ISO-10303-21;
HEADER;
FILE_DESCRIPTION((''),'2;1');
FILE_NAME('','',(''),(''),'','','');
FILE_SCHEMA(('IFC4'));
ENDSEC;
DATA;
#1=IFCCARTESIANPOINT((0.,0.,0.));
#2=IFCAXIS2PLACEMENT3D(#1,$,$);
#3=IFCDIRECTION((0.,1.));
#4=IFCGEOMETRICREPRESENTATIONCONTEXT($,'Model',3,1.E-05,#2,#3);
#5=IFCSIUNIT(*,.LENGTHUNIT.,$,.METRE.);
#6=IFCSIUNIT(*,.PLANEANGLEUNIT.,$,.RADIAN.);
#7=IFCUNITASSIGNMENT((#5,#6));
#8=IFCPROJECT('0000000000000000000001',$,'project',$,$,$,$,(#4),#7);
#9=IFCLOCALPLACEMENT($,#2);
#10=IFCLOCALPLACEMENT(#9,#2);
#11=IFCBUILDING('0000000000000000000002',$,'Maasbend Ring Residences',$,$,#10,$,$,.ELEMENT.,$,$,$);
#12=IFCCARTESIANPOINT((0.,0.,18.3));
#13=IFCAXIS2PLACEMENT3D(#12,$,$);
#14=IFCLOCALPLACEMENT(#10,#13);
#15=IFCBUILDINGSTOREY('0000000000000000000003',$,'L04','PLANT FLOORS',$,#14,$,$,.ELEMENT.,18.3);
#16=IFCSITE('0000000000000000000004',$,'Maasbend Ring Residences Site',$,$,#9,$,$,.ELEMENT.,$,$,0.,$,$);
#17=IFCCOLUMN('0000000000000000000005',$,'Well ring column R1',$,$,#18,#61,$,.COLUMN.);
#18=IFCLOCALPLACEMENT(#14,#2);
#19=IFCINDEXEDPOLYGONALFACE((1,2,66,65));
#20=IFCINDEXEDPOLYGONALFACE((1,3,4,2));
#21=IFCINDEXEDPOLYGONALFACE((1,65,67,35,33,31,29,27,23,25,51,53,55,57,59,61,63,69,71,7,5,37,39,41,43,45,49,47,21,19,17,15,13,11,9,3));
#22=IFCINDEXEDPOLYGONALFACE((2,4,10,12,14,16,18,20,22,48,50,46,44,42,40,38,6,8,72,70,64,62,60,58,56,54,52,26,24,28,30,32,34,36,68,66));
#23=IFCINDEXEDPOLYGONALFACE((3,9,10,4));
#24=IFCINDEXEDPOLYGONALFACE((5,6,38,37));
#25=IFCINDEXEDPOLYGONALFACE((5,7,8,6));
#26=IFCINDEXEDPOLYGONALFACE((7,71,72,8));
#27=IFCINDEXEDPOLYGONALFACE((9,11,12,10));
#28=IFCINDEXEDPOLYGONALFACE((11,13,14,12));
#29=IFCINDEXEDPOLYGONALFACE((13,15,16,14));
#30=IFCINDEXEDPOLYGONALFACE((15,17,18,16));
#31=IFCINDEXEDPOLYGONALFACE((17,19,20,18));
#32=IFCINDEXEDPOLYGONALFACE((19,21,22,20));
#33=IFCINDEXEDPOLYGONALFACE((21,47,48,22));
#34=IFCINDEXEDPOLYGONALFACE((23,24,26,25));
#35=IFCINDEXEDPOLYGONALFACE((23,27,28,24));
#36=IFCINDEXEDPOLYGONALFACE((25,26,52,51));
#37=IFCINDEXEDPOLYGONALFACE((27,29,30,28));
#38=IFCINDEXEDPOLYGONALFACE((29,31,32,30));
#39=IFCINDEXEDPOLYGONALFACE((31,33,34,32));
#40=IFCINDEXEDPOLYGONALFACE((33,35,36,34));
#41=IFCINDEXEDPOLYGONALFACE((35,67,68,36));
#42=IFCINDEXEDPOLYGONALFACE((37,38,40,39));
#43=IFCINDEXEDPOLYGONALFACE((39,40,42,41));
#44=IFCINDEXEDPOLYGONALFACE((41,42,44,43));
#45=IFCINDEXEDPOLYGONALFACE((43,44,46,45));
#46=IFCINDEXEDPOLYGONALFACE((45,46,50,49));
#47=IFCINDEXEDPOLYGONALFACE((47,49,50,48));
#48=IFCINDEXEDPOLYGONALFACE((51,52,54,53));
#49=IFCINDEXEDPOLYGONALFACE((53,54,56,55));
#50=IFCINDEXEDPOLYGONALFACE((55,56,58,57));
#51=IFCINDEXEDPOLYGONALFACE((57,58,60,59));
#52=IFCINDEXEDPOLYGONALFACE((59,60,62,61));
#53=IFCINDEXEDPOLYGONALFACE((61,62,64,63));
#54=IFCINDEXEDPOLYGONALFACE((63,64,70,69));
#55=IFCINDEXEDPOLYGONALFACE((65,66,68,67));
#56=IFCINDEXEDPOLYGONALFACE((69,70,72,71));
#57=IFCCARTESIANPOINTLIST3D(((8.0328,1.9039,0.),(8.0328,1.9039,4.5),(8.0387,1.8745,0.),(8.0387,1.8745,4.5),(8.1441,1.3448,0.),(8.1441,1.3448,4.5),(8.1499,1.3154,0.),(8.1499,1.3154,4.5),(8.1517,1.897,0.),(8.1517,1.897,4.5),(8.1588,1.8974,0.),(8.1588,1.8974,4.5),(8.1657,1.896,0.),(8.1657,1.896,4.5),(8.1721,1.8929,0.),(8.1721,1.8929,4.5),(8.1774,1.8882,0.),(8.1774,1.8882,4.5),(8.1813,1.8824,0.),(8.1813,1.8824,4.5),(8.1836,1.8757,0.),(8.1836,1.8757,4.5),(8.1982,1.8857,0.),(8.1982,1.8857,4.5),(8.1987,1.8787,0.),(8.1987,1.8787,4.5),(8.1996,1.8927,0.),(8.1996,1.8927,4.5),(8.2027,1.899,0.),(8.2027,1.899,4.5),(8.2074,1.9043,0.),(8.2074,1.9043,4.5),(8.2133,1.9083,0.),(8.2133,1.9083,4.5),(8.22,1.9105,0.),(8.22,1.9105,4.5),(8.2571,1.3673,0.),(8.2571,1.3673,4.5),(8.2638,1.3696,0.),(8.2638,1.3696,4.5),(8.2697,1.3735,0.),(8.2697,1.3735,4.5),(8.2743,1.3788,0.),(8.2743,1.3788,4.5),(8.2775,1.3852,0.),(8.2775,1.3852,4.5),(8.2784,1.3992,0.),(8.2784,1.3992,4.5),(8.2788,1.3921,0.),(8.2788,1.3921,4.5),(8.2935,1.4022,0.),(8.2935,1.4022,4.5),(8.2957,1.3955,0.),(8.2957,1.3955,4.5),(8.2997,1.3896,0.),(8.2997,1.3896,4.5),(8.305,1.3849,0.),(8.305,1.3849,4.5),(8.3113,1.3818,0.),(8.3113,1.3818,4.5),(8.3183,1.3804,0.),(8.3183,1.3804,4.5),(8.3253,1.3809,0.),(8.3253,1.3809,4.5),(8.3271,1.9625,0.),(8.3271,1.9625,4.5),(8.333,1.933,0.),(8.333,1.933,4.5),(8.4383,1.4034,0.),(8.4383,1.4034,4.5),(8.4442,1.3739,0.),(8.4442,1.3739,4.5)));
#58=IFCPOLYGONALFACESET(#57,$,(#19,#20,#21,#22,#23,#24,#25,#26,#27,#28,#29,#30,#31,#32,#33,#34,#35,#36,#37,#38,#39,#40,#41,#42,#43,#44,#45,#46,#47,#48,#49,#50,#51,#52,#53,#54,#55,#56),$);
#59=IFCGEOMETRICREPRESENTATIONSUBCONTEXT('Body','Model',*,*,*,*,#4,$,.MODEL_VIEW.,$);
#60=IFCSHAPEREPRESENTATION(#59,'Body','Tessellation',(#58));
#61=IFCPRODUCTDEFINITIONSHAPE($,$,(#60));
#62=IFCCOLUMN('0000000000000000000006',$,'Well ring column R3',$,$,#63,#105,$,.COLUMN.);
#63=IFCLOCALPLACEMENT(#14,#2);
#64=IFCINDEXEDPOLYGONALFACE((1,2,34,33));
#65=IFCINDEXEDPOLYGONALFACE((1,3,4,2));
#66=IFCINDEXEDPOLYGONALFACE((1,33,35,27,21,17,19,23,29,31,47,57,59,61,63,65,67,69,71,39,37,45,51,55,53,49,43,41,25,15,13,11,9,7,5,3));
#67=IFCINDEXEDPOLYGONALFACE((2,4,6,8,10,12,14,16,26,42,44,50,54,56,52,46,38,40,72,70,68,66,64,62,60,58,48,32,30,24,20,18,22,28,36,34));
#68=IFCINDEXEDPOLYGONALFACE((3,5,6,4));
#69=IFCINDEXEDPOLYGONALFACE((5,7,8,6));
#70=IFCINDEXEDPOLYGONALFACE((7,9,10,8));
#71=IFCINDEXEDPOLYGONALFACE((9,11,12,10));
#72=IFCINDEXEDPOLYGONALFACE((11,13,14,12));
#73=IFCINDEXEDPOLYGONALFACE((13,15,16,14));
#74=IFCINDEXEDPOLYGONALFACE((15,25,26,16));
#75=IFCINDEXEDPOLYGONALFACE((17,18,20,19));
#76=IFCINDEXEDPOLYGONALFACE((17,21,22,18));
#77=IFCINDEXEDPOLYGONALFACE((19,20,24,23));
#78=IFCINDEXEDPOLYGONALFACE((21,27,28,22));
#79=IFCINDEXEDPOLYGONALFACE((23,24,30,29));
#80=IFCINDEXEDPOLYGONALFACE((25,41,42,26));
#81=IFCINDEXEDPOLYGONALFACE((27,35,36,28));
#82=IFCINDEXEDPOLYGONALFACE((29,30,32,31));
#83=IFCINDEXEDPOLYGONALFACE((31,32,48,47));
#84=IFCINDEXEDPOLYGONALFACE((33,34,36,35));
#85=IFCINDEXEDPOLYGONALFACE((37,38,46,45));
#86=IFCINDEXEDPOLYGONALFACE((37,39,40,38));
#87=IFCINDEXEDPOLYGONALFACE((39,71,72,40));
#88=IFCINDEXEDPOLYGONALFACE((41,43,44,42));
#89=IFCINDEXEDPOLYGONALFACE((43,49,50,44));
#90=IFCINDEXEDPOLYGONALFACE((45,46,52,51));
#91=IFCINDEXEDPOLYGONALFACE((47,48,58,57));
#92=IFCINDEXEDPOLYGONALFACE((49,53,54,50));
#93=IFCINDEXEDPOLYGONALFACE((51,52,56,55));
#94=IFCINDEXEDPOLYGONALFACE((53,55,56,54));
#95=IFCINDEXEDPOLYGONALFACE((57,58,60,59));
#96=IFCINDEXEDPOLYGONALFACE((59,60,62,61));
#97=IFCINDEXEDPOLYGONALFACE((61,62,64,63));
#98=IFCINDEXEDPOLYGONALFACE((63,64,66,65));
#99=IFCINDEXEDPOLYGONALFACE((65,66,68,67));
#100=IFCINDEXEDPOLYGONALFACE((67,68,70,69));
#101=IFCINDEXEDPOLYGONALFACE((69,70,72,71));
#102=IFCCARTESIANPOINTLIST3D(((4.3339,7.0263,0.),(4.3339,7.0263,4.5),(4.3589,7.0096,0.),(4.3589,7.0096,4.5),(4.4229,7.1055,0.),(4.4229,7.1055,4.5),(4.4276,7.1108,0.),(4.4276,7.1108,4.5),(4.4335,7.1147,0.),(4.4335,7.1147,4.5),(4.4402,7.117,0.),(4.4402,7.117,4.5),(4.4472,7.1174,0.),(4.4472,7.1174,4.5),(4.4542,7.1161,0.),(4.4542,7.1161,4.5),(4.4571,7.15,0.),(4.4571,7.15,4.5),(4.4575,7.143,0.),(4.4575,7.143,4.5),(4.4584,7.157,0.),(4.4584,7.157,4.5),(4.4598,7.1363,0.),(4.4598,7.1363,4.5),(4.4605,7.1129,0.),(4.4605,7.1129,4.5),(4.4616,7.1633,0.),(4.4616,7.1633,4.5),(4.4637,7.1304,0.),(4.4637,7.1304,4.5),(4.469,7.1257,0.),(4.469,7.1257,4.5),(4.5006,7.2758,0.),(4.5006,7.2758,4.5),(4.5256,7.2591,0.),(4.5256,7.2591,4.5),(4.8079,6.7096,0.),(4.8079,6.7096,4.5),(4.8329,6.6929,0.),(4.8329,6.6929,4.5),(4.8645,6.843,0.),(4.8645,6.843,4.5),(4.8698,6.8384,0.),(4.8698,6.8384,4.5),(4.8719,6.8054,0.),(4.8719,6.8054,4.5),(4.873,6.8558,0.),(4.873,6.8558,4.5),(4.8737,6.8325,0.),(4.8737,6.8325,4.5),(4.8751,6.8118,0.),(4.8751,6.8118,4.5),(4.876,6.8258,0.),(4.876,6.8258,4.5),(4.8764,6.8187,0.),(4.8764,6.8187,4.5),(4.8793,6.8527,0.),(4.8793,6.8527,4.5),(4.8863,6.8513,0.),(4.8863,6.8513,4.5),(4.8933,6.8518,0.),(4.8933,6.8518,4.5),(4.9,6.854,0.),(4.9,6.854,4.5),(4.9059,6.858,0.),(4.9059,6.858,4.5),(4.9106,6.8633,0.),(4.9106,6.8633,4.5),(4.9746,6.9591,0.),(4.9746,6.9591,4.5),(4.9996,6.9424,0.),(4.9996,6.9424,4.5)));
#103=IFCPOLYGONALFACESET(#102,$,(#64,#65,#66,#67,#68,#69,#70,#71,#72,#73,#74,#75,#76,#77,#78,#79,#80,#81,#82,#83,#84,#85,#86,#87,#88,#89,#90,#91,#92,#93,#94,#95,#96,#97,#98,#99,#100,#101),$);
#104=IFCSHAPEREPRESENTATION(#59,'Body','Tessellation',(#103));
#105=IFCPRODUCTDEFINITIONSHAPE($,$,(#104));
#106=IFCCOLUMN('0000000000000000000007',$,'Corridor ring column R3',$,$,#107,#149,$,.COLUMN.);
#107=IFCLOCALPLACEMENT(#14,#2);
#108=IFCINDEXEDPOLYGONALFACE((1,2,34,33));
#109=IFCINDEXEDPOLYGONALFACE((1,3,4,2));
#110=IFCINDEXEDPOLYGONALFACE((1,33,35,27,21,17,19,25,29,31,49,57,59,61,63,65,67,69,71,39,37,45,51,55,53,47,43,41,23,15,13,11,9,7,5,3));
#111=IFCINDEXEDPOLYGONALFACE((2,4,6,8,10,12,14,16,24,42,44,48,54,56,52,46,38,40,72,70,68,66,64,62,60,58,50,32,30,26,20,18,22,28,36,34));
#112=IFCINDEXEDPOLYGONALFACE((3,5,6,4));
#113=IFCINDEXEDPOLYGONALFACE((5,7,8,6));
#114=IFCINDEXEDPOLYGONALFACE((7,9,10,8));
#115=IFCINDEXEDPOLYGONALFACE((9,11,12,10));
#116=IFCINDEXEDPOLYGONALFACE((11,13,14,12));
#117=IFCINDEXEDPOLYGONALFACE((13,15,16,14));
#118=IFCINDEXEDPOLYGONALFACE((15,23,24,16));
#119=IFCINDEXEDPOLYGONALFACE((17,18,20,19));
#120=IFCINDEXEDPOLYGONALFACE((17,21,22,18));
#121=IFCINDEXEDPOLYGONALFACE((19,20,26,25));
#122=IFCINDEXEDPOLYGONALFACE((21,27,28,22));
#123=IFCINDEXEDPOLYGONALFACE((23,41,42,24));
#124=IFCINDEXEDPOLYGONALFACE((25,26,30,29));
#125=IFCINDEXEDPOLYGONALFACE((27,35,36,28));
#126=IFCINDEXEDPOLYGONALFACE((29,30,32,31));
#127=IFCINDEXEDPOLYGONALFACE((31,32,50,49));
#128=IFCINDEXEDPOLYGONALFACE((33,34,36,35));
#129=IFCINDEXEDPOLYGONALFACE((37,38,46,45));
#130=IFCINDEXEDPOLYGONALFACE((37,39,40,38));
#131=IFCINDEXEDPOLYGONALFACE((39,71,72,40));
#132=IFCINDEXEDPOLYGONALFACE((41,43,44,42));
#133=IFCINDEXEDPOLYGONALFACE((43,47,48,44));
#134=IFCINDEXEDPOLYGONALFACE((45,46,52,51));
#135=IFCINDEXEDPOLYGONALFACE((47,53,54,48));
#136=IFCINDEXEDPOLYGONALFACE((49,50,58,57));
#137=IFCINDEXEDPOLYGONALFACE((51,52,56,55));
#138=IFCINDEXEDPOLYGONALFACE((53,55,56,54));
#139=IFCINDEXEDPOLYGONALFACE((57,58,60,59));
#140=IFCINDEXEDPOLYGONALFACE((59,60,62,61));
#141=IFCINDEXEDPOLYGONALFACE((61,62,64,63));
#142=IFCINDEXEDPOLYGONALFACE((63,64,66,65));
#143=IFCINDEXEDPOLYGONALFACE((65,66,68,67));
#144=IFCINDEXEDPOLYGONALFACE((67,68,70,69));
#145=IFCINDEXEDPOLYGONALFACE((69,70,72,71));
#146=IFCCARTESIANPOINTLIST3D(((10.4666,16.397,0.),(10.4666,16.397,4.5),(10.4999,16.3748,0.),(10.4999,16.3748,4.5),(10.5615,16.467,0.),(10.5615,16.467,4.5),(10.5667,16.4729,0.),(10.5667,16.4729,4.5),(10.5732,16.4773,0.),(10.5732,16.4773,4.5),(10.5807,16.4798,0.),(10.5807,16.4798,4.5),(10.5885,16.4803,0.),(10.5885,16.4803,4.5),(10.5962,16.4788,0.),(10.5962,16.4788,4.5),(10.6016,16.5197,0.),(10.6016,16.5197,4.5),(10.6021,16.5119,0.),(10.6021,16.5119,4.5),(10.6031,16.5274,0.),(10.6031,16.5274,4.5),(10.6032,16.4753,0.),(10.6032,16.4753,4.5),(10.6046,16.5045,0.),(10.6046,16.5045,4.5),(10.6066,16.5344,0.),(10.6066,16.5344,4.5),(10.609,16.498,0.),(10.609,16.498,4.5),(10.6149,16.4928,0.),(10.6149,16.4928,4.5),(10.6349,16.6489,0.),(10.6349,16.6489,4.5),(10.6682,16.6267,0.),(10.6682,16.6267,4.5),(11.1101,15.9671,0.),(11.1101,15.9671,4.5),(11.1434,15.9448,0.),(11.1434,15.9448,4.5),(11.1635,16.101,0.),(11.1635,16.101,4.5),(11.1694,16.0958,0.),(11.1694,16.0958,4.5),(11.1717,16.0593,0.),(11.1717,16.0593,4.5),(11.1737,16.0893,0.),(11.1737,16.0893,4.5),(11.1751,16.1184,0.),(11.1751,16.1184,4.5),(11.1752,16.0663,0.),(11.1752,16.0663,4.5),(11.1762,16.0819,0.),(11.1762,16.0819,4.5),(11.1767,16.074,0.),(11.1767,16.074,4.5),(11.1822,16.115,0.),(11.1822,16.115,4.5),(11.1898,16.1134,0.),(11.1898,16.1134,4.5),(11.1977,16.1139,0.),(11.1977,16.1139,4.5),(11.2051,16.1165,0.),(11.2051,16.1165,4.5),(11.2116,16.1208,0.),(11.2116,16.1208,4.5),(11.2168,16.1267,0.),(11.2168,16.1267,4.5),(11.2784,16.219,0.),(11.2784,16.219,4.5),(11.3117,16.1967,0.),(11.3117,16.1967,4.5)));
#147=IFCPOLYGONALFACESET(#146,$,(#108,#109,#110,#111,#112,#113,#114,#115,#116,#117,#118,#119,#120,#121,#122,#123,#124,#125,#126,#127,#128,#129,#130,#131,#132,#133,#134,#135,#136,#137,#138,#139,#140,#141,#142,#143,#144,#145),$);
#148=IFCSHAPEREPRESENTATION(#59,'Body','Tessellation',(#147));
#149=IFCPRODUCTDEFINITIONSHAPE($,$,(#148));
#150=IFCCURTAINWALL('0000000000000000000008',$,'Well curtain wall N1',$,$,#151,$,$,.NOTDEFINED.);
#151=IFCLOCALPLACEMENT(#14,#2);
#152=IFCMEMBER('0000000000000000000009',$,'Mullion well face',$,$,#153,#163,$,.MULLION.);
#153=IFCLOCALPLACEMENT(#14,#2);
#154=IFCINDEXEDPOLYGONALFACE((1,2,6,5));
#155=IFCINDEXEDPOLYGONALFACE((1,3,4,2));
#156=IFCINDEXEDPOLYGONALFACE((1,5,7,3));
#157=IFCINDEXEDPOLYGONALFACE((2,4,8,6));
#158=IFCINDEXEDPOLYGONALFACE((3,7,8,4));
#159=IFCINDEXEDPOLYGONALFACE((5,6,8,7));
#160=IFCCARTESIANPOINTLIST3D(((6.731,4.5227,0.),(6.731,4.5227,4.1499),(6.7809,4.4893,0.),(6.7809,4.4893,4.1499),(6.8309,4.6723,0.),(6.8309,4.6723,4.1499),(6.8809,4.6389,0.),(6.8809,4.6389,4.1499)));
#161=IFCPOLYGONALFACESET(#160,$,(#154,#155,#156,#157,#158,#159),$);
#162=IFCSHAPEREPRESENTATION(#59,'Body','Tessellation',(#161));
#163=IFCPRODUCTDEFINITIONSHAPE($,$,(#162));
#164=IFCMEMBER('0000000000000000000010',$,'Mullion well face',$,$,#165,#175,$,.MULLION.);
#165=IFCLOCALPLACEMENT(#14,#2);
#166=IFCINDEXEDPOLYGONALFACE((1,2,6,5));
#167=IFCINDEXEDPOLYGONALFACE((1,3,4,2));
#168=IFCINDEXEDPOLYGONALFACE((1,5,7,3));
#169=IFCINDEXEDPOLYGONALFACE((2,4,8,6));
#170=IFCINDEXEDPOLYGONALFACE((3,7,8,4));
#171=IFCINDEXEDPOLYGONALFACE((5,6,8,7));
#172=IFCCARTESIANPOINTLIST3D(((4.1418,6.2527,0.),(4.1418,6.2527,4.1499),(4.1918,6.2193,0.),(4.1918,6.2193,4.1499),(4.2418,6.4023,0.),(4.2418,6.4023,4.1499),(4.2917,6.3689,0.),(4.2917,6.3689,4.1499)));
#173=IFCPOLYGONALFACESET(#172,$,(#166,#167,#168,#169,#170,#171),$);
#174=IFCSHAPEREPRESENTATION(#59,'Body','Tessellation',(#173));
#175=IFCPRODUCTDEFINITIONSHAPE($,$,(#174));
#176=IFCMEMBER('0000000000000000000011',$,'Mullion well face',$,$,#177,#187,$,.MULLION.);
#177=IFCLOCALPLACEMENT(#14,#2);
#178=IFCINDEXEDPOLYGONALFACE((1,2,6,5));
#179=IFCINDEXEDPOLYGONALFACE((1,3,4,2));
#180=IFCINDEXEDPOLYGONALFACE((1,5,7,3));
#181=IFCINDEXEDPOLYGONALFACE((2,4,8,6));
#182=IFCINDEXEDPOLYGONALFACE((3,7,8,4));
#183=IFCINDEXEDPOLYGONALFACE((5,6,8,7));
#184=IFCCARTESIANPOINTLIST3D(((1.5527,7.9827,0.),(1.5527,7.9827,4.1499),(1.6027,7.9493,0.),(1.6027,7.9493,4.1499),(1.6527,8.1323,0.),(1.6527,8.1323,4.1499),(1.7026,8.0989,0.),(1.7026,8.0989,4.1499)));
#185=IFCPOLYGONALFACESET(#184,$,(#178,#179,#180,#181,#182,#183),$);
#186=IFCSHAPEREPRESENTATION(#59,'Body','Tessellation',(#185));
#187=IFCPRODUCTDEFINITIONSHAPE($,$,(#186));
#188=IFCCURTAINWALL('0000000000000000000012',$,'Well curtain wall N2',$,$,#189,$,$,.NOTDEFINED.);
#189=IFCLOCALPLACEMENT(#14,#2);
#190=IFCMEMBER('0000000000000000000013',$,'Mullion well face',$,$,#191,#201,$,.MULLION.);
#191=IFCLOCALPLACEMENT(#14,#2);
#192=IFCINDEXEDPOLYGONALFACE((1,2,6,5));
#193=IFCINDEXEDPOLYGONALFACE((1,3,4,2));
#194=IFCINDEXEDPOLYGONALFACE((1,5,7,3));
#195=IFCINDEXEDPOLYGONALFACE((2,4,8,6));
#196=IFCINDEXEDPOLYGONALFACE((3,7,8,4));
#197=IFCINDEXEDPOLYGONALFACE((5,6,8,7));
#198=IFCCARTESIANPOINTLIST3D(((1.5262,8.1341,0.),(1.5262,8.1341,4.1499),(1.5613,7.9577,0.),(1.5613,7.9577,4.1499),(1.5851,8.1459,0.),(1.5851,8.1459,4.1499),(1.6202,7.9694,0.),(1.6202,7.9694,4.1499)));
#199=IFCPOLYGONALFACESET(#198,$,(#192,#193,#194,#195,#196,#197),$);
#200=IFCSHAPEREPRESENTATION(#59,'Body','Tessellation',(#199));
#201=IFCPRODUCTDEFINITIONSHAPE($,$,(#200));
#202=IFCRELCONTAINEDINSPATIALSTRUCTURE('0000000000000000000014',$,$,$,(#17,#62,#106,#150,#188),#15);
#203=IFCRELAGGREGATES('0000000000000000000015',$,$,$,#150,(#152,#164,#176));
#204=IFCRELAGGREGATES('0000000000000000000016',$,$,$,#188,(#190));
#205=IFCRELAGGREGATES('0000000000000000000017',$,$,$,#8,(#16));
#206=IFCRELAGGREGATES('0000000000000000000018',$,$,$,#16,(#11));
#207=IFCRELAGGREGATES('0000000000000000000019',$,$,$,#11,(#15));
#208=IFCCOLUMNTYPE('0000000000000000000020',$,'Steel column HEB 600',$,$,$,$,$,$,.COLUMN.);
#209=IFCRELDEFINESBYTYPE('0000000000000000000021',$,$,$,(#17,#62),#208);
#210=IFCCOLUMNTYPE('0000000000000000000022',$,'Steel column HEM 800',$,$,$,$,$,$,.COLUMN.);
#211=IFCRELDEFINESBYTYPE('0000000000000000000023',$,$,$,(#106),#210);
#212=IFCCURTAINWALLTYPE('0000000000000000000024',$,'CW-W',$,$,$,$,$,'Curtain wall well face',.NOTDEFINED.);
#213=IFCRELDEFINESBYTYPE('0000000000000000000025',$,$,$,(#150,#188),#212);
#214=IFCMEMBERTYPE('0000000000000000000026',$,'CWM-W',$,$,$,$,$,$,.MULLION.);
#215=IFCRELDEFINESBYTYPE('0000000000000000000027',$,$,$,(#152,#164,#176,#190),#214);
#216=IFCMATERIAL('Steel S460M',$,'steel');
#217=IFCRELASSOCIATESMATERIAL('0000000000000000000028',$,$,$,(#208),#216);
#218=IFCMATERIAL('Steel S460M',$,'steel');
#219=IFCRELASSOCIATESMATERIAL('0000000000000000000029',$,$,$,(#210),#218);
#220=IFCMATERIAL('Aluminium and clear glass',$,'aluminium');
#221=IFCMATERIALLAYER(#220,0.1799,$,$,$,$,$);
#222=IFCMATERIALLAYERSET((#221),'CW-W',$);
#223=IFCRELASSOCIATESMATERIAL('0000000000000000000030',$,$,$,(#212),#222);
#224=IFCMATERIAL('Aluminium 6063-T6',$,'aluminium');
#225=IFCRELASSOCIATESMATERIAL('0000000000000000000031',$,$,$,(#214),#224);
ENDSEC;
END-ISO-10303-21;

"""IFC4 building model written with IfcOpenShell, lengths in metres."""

from ifc_helpers import new_model, si_unit, direction, frame, origin, origin_2d, place, context, subcontext, project, spatial, rectangle, i_section, extrude, material, layer, layer_set, material_profile, profile_set, type_object, element, aggregate, save


model = new_model("IFC4")

# Units and contexts
model_context = context("Model", 3, precision=1e-05, world=origin(), true_north=direction((0.0, 1.0)))
body_context = subcontext(model_context, "Body", "Model", "MODEL_VIEW")
ifc_project = project(units=[si_unit("LENGTHUNIT", "METRE"), si_unit("PLANEANGLEUNIT", "RADIAN")], contexts=[model_context])

# Site, building, storey
site_placement = place(None, origin())
site = spatial("IfcSite", under=ifc_project, at=site_placement, Name="Maasbend Ring Residences Site", CompositionType="ELEMENT", RefElevation=0.0)
building_placement = place(site_placement, origin())
building = spatial("IfcBuilding", under=site, at=building_placement, Name="Maasbend Ring Residences", CompositionType="ELEMENT")
storey_placement = place(building_placement, frame((0.0, 0.0, 18.3)))
storey = spatial("IfcBuildingStorey", under=building, at=storey_placement, Name="L04", Description="PLANT FLOORS", CompositionType="ELEMENT", Elevation=18.3)

# Columns
ifc_material_1 = material(Name="Steel S460M", Category="steel")
ifc_material_profile_1 = material_profile(ifc_material_1, i_section(OverallWidth=0.3, OverallDepth=0.6001, WebThickness=0.0154, FlangeThickness=0.03, FilletRadius=0.0271, at=origin_2d()), Name="HEB 600")
ifc_profile_set_1 = profile_set([ifc_material_profile_1], Name="Steel S460M")
column_type_1 = type_object("IfcColumnType", Name="Steel column HEB 600", PredefinedType="COLUMN", material=ifc_profile_set_1)
for number, where, z_axis, x_axis, name in (
    (1, (8.2385, 1.6389, 0.0), (0.0, 0.0, 1.0), (0.980785, 0.19509, 0.0), "Well ring column R1"),
    (2, (4.6667, 6.9844, 0.0), (0.0, 0.0, 1.0), (0.55557, 0.83147, 0.0), "Well ring column R3"),
):
    element("IfcColumn", number, at=place(storey_placement, frame(where, z_axis=z_axis, x_axis=x_axis)), inside=storey, type_object=column_type_1, Name=name, PredefinedType="COLUMN", context=body_context, shape_type="SweptSolid", body=[
        extrude(i_section(OverallWidth=0.3, OverallDepth=0.6001, WebThickness=0.0154, FlangeThickness=0.03, FilletRadius=0.0271, at=origin_2d()), origin(), (0.0, 0.0, 1.0), 4.5),
    ])
ifc_material_2 = material(Name="Steel S460M", Category="steel")
ifc_material_profile_2 = material_profile(ifc_material_2, i_section(OverallWidth=0.303, OverallDepth=0.814, WebThickness=0.021, FlangeThickness=0.04, FilletRadius=0.03, at=origin_2d()), Name="HEM 800")
ifc_profile_set_2 = profile_set([ifc_material_profile_2], Name="Steel S460M")
column_type_2 = type_object("IfcColumnType", Name="Steel column HEM 800", PredefinedType="COLUMN", material=ifc_profile_set_2)
column_placement = place(storey_placement, frame((10.8892, 16.2969, 0.0), z_axis=(0.0, 0.0, 1.0), x_axis=(0.55557, 0.83147, 0.0)))
element("IfcColumn", 3, at=column_placement, inside=storey, type_object=column_type_2, Name="Corridor ring column R3", PredefinedType="COLUMN", context=body_context, shape_type="SweptSolid", body=[
    extrude(i_section(OverallWidth=0.303, OverallDepth=0.814, WebThickness=0.021, FlangeThickness=0.04, FilletRadius=0.03, at=origin_2d()), origin(), (0.0, 0.0, 1.0), 4.5),
])

# Curtain wall, members
ifc_material_3 = material(Name="Aluminium and clear glass", Category="aluminium")
ifc_layer_1 = layer(ifc_material_3, 0.1799)
ifc_layer_set_1 = layer_set([ifc_layer_1], Name="CW-W")
curtain_wall_type = type_object("IfcCurtainWallType", Name="CW-W", ElementType="Curtain wall well face", PredefinedType="NOTDEFINED", material=ifc_layer_set_1)
curtain_wall_1_placement = place(storey_placement, origin())
curtain_wall_1 = element("IfcCurtainWall", 4, at=curtain_wall_1_placement, inside=storey, type_object=curtain_wall_type, Name="Well curtain wall N1", PredefinedType="NOTDEFINED")
ifc_material_4 = material(Name="Aluminium 6063-T6", Category="aluminium")
ifc_material_profile_3 = material_profile(ifc_material_4, rectangle(XDim=0.1799, YDim=0.0601, at=origin_2d()), Name="AL 180x60")
ifc_profile_set_3 = profile_set([ifc_material_profile_3], Name="Aluminium 6063-T6")
member_type_1 = type_object("IfcMemberType", Name="CWM-W", PredefinedType="MULLION", material=ifc_profile_set_3)
member_1_placement = place(storey_placement, frame((6.8059, 4.5808, 0.0), z_axis=(0.0, 0.0, 1.0), x_axis=(-0.55557, -0.83147, 0.0)))
member_1 = element("IfcMember", 5, at=member_1_placement, type_object=member_type_1, Name="Mullion well face", PredefinedType="MULLION", context=body_context, shape_type="SweptSolid", body=[
    extrude(rectangle(XDim=0.1799, YDim=0.0601, at=origin_2d()), origin(), (0.0, 0.0, 1.0), 4.1499),
])
member_2_placement = place(storey_placement, frame((4.2168, 6.3108, 0.0), z_axis=(0.0, 0.0, 1.0), x_axis=(-0.55557, -0.83147, 0.0)))
member_2 = element("IfcMember", 6, at=member_2_placement, type_object=member_type_1, Name="Mullion well face", PredefinedType="MULLION", context=body_context, shape_type="SweptSolid", body=[
    extrude(rectangle(XDim=0.1799, YDim=0.0601, at=origin_2d()), origin(), (0.0, 0.0, 1.0), 4.1499),
])
member_3_placement = place(storey_placement, frame((1.6277, 8.0408, 0.0), z_axis=(0.0, 0.0, 1.0), x_axis=(-0.55557, -0.83147, 0.0)))
member_3 = element("IfcMember", 7, at=member_3_placement, type_object=member_type_1, Name="Mullion well face", PredefinedType="MULLION", context=body_context, shape_type="SweptSolid", body=[
    extrude(rectangle(XDim=0.1799, YDim=0.0601, at=origin_2d()), origin(), (0.0, 0.0, 1.0), 4.1499),
])

# Curtain wall, member
curtain_wall_2_placement = place(storey_placement, origin())
curtain_wall_2 = element("IfcCurtainWall", 8, at=curtain_wall_2_placement, inside=storey, type_object=curtain_wall_type, Name="Well curtain wall N2", PredefinedType="NOTDEFINED")
member_4_placement = place(storey_placement, frame((1.5732, 8.0518, 0.0), z_axis=(0.0, 0.0, 1.0), x_axis=(0.19509, -0.980785, 0.0)))
member_4 = element("IfcMember", 9, at=member_4_placement, type_object=member_type_1, Name="Mullion well face", PredefinedType="MULLION", context=body_context, shape_type="SweptSolid", body=[
    extrude(rectangle(XDim=0.1799, YDim=0.0601, at=origin_2d()), origin(), (0.0, 0.0, 1.0), 4.1499),
])

aggregate(curtain_wall_1, [member_1, member_2, member_3])
aggregate(curtain_wall_2, [member_4])

save(model, "model.ifc")
